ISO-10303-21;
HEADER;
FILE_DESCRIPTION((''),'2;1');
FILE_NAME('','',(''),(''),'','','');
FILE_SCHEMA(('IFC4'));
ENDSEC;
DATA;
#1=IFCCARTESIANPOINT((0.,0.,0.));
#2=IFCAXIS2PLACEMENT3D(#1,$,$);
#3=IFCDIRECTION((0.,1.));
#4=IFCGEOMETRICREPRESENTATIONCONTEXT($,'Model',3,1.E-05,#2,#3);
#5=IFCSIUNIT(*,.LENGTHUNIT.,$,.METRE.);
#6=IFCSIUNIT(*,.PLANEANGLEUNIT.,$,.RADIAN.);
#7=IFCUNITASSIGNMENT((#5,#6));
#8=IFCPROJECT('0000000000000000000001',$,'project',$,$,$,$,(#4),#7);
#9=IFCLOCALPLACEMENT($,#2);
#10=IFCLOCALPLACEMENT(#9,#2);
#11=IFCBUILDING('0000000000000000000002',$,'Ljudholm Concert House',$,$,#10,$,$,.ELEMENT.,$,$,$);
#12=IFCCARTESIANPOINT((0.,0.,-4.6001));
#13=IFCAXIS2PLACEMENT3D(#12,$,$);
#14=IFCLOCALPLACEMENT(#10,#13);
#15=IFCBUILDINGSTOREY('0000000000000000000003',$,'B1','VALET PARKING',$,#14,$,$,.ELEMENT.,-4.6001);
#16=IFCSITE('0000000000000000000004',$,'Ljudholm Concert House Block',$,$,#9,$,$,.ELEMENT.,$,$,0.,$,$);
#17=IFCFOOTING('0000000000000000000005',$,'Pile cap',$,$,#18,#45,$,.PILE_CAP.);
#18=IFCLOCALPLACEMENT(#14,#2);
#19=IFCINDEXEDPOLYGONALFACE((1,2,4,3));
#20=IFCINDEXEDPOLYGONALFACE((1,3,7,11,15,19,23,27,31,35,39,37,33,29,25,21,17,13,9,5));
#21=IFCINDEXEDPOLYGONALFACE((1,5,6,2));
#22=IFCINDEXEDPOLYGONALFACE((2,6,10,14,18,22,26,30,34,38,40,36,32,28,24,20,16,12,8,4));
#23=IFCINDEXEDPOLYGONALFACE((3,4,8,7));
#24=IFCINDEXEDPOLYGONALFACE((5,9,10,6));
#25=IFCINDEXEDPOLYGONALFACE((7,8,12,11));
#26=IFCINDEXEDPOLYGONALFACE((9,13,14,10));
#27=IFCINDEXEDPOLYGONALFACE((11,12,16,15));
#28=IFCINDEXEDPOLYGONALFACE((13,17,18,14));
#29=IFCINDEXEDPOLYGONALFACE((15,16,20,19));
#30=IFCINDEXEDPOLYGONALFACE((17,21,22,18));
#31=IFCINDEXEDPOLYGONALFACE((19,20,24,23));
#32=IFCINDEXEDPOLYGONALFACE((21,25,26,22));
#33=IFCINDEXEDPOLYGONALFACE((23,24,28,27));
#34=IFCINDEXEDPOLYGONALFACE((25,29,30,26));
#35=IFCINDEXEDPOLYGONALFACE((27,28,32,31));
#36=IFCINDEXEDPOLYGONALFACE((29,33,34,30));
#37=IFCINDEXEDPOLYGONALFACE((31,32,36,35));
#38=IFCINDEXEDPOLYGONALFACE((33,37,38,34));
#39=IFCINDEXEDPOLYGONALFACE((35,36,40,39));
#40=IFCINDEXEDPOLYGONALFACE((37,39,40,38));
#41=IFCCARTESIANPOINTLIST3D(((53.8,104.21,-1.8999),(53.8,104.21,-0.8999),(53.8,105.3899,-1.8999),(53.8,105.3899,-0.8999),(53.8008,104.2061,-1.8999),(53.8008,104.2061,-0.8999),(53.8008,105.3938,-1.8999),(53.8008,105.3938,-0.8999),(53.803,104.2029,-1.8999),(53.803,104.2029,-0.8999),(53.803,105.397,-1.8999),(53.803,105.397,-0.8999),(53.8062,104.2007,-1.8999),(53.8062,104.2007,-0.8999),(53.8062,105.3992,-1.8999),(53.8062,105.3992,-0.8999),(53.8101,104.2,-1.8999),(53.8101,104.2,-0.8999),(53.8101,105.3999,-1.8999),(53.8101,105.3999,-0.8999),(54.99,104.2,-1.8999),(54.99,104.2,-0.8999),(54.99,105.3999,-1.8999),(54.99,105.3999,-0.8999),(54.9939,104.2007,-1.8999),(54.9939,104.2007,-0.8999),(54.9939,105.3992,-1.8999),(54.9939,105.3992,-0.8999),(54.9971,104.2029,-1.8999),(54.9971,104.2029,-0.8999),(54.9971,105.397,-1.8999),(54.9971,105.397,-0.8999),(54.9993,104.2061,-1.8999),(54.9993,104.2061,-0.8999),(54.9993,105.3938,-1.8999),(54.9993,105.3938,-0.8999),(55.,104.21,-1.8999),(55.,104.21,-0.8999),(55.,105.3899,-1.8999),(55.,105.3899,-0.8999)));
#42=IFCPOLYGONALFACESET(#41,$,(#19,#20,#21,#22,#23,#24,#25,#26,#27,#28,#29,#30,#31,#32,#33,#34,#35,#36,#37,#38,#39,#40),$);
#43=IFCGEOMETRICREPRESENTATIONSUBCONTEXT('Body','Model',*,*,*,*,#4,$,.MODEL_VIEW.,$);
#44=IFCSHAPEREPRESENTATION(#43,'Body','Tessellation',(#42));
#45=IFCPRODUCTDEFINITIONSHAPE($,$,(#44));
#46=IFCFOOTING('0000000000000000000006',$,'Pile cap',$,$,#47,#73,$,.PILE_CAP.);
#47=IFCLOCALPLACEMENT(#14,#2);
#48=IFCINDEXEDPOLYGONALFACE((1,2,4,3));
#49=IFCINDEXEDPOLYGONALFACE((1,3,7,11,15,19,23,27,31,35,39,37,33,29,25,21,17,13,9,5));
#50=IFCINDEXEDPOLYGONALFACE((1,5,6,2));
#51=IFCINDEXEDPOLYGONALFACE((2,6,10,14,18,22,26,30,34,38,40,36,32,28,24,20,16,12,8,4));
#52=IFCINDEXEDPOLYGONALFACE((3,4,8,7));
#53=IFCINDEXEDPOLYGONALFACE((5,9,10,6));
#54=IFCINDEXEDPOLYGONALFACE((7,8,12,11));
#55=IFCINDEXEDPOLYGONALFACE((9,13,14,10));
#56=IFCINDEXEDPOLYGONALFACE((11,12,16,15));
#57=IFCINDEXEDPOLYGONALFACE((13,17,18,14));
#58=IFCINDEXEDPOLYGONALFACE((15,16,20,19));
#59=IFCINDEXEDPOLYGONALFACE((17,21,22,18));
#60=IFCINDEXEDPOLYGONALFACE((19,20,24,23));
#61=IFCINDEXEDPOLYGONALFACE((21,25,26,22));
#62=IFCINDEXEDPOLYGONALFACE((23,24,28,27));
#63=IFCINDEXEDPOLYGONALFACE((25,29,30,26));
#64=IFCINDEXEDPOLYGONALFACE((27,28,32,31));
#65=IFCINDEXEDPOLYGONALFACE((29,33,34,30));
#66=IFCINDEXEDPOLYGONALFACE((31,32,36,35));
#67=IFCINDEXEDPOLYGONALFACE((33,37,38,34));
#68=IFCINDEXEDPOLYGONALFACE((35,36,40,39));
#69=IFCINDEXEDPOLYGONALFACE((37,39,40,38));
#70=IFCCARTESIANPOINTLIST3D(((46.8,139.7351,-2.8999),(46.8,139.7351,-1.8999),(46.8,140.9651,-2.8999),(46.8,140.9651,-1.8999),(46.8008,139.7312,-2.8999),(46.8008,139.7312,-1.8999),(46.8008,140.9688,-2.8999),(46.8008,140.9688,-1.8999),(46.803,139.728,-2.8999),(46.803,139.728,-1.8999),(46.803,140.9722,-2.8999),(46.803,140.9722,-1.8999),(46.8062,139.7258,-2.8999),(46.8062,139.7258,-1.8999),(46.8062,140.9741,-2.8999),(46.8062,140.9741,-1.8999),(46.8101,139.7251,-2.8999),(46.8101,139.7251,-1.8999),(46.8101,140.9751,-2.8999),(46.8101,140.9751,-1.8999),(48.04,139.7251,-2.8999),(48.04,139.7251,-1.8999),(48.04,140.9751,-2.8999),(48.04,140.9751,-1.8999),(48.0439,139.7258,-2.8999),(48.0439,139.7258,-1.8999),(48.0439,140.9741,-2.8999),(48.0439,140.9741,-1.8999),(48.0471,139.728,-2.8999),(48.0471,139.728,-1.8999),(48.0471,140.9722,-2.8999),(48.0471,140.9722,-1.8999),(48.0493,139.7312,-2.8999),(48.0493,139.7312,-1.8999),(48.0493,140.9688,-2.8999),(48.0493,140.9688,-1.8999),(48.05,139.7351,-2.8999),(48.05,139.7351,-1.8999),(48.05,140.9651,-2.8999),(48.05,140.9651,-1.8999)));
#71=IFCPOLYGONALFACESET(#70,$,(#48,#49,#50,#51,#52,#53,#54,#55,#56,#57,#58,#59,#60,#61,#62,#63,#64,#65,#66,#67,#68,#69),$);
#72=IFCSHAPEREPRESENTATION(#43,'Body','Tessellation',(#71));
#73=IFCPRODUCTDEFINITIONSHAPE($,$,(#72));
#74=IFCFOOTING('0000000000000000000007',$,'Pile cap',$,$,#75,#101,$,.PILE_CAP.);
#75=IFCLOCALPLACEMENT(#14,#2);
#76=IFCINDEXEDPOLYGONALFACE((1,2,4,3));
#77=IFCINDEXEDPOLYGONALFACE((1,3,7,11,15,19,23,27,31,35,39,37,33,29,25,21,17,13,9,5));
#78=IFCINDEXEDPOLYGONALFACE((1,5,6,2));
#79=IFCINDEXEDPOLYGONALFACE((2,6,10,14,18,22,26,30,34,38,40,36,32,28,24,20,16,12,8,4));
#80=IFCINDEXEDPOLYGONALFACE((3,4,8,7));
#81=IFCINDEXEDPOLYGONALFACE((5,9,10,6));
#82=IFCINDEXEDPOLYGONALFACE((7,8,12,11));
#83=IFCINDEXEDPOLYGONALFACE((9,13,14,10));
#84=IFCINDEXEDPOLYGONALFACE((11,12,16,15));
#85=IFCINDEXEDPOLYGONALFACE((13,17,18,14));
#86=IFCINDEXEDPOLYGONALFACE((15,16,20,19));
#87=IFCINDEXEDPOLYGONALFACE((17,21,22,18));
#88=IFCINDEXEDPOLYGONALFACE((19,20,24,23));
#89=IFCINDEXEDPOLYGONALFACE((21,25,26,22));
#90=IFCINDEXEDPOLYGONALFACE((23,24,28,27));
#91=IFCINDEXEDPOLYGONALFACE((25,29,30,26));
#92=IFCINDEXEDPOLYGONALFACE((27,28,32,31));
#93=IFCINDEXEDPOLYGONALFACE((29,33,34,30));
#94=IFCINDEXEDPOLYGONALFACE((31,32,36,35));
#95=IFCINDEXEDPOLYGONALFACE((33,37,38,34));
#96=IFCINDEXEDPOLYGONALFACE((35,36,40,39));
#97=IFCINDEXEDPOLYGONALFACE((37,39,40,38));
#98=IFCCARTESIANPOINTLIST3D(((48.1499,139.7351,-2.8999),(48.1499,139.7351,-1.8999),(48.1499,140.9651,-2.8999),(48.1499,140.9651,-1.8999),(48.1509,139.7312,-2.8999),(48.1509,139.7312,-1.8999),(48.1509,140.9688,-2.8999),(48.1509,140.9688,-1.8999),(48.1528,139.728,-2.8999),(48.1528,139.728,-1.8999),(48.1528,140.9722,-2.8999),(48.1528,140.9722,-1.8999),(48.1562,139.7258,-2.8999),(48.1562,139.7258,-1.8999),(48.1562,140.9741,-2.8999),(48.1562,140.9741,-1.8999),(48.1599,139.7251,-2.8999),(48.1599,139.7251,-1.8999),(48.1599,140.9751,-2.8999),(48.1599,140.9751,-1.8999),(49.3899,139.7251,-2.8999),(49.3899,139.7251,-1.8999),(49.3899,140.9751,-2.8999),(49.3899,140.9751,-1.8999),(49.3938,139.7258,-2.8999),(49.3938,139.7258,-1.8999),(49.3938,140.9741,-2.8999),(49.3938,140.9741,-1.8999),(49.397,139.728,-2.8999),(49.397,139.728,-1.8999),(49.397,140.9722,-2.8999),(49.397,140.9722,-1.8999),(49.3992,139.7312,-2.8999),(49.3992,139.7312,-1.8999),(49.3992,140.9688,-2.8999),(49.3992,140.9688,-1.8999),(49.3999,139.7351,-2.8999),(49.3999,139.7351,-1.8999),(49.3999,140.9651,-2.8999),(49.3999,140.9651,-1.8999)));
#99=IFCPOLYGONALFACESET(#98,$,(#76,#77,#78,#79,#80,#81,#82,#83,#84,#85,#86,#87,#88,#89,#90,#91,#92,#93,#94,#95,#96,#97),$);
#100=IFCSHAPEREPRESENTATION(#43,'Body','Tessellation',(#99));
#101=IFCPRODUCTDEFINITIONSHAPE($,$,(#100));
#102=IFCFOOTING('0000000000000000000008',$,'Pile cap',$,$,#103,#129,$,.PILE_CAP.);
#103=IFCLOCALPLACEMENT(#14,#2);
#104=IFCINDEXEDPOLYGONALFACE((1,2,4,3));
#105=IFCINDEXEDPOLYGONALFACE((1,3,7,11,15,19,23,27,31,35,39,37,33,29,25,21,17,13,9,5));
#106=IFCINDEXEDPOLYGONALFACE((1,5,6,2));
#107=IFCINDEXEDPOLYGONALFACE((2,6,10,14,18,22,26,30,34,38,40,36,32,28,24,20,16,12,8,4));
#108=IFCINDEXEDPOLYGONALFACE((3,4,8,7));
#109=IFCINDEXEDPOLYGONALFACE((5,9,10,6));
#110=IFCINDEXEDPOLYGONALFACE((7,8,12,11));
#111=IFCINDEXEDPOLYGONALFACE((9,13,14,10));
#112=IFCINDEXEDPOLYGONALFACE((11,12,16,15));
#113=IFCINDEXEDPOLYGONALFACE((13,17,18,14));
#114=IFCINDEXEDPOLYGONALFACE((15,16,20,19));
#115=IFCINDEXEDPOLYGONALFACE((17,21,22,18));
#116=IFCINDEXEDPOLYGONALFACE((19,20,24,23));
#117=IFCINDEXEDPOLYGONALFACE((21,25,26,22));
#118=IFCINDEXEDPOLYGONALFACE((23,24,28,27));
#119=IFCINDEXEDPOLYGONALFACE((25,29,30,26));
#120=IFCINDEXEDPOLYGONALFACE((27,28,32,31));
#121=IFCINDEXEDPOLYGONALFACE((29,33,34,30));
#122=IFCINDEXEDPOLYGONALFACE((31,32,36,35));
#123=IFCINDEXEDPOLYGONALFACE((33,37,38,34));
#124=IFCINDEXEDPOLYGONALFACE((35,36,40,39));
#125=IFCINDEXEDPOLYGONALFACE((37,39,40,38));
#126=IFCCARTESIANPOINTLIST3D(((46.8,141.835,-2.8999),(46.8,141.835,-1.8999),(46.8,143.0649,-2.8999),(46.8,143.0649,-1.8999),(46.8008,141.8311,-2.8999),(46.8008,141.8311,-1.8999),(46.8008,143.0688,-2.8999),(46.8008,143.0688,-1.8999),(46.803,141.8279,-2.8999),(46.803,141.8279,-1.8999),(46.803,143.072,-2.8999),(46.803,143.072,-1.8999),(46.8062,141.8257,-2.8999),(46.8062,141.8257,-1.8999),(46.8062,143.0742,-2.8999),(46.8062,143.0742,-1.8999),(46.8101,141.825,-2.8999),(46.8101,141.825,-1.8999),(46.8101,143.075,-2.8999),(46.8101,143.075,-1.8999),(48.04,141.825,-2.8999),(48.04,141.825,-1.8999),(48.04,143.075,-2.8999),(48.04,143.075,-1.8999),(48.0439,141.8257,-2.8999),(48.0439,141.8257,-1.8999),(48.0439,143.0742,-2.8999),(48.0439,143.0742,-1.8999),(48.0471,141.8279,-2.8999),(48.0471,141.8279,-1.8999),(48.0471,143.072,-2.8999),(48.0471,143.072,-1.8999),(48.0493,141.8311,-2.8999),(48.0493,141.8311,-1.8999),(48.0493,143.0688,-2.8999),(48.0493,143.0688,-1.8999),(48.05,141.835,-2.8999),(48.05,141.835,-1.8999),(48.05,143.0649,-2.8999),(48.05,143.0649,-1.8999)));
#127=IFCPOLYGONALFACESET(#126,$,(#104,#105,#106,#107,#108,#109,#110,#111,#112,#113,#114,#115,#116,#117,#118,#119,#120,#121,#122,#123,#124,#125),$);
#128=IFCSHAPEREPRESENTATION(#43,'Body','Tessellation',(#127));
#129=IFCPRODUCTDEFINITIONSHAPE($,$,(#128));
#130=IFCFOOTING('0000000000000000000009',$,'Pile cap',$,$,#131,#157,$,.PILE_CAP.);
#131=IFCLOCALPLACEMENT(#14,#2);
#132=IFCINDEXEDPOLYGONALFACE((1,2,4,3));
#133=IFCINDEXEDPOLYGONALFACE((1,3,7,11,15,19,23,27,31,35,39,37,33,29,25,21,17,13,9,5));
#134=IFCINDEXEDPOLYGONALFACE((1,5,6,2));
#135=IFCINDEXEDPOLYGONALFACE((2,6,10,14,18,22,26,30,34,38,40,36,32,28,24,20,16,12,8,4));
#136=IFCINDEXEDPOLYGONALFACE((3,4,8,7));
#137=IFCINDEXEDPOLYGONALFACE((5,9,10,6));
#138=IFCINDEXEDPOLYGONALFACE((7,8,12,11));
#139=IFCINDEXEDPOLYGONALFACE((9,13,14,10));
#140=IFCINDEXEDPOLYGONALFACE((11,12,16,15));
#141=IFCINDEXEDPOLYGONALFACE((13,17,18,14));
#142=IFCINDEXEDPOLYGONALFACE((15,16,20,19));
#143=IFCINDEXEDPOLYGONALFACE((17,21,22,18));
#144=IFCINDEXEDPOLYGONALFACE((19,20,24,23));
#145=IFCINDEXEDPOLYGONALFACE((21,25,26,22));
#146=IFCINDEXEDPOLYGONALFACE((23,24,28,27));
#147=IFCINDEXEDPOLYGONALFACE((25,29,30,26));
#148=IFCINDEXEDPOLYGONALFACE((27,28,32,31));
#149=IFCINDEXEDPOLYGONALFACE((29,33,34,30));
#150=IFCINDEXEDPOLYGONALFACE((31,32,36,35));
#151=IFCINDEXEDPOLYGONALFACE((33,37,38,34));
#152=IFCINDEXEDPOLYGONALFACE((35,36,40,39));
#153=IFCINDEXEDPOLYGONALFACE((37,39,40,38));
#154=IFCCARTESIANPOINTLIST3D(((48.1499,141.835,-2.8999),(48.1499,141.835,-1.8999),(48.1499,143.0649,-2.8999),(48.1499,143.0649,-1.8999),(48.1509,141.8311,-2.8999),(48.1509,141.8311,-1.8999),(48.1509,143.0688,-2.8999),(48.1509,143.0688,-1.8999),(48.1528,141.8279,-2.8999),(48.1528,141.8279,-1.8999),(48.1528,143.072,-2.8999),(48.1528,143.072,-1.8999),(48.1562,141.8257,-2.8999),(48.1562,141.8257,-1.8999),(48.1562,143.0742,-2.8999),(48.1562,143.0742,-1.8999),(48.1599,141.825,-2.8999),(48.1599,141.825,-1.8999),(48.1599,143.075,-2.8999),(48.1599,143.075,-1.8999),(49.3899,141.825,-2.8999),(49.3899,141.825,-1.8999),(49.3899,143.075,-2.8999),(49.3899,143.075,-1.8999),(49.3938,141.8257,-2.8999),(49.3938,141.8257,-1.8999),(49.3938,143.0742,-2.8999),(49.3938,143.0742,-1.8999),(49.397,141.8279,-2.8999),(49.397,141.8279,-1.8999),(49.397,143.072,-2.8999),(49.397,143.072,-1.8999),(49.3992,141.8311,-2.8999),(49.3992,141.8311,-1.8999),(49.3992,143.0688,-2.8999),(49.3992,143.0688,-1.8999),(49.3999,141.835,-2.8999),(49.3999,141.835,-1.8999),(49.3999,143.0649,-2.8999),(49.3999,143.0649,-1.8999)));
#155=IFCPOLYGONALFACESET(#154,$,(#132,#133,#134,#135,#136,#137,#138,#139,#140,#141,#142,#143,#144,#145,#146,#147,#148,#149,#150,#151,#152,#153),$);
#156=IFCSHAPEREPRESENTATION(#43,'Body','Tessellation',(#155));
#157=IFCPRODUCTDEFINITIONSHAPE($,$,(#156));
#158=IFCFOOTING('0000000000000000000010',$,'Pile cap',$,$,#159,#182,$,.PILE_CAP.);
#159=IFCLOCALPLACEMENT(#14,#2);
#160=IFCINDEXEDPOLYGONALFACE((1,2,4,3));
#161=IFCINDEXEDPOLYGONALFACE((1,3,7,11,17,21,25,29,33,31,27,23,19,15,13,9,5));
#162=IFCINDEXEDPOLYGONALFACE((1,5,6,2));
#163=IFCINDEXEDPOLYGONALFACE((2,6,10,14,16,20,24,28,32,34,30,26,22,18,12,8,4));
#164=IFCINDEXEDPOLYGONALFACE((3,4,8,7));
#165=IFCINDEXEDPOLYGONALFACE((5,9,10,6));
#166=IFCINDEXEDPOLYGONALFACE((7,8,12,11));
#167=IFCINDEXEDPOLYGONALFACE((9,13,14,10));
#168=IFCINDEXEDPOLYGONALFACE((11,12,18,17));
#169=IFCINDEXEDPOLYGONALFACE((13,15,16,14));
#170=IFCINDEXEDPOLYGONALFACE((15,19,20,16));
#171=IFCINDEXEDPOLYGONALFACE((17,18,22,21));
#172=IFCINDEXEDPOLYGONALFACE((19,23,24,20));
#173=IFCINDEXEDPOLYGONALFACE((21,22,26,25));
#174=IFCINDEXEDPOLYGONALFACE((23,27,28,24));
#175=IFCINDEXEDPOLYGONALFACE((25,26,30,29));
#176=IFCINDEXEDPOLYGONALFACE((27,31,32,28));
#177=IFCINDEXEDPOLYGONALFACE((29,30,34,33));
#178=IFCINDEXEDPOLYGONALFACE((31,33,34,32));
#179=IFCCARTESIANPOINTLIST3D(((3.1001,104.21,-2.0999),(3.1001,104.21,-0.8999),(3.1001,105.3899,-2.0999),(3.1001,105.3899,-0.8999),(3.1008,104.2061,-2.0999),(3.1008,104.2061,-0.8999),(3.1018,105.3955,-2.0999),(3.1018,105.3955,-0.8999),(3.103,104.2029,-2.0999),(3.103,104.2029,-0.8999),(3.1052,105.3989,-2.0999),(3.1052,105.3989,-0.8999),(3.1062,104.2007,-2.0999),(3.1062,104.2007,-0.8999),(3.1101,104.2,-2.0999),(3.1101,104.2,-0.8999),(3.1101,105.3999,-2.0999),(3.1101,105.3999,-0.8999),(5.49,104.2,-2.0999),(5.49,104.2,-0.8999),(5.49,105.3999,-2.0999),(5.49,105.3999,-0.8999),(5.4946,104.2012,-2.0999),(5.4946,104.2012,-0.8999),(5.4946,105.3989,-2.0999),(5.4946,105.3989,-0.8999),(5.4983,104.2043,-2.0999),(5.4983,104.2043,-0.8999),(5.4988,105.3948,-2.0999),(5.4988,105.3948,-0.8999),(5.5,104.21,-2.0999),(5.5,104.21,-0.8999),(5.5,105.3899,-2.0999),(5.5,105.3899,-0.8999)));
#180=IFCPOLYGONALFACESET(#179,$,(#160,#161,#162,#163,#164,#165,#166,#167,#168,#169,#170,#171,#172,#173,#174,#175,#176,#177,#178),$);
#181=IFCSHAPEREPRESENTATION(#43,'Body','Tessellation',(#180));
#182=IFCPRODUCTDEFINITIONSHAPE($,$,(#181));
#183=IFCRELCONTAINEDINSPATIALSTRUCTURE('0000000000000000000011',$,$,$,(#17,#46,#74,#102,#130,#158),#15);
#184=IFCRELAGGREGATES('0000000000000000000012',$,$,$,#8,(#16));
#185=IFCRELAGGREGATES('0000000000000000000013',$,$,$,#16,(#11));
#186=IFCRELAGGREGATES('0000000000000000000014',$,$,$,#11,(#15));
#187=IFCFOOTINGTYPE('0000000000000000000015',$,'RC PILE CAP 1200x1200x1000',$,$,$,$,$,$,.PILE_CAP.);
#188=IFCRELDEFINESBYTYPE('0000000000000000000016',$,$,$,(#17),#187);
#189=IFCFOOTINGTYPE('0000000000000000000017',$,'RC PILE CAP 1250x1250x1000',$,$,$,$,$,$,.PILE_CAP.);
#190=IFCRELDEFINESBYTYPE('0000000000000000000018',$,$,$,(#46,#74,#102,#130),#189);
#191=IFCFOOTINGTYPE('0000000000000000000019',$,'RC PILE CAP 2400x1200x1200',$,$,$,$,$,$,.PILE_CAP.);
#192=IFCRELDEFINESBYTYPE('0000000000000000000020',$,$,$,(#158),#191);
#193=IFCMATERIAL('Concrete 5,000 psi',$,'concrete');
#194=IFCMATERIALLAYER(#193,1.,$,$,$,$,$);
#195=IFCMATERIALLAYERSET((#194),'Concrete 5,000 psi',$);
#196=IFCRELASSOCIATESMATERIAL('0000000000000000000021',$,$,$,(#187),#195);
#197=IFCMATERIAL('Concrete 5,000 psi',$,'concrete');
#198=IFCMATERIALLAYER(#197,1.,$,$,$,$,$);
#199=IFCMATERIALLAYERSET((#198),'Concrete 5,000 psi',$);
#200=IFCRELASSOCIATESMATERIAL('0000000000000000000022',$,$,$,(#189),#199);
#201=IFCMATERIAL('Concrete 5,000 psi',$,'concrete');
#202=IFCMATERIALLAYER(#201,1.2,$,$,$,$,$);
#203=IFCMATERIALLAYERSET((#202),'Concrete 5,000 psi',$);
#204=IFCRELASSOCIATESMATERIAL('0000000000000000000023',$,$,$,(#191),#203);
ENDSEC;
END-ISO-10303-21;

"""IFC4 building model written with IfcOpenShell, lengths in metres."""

from ifc_helpers import new_model, si_unit, direction, frame, origin, place, context, subcontext, project, spatial, polyline, outline, extrude, material, layer, layer_set, type_object, element, save


model = new_model("IFC4")

# Units and contexts
model_context = context("Model", 3, precision=1e-05, world=origin(), true_north=direction((0.0, 1.0)))
body_context = subcontext(model_context, "Body", "Model", "MODEL_VIEW")
ifc_project = project(units=[si_unit("LENGTHUNIT", "METRE"), si_unit("PLANEANGLEUNIT", "RADIAN")], contexts=[model_context])

# Site, building, storey
site_placement = place(None, origin())
site = spatial("IfcSite", under=ifc_project, at=site_placement, Name="Ljudholm Concert House Block", CompositionType="ELEMENT", RefElevation=0.0)
building_placement = place(site_placement, origin())
building = spatial("IfcBuilding", under=site, at=building_placement, Name="Ljudholm Concert House", CompositionType="ELEMENT")
storey_placement = place(building_placement, frame((0.0, 0.0, -4.6001)))
storey = spatial("IfcBuildingStorey", under=building, at=storey_placement, Name="B1", Description="VALET PARKING", CompositionType="ELEMENT", Elevation=-4.6001)

# Footings
ifc_material_1 = material(Name="Concrete 5,000 psi", Category="concrete")
ifc_layer_1 = layer(ifc_material_1, 1.0)
ifc_layer_set_1 = layer_set([ifc_layer_1], Name="Concrete 5,000 psi")
footing_type_1 = type_object("IfcFootingType", Name="RC PILE CAP 1200x1200x1000", PredefinedType="PILE_CAP", material=ifc_layer_set_1)
footing_1_placement = place(storey_placement, frame((0.0, 0.0, -1.8999)))
element("IfcFooting", 1, at=footing_1_placement, inside=storey, type_object=footing_type_1, Name="Pile cap", PredefinedType="PILE_CAP", context=body_context, shape_type="SweptSolid", body=[
    extrude(outline(polyline([(53.8101, 104.2), (54.99, 104.2), (54.9939, 104.2007), (54.9971, 104.2029), (54.9993, 104.2061), (55.0, 104.21), (55.0, 105.3899), (54.9993, 105.3938), (54.9971, 105.397), (54.9939, 105.3992), (54.99, 105.3999), (53.8101, 105.3999), (53.8062, 105.3992), (53.803, 105.397), (53.8008, 105.3938), (53.8, 105.3899), (53.8, 104.21), (53.8008, 104.2061), (53.803, 104.2029), (53.8062, 104.2007), (53.8101, 104.2)])), origin(), (0.0, 0.0, 1.0), 1.0),
])
ifc_material_2 = material(Name="Concrete 5,000 psi", Category="concrete")
ifc_layer_2 = layer(ifc_material_2, 1.0)
ifc_layer_set_2 = layer_set([ifc_layer_2], Name="Concrete 5,000 psi")
footing_type_2 = type_object("IfcFootingType", Name="RC PILE CAP 1250x1250x1000", PredefinedType="PILE_CAP", material=ifc_layer_set_2)
footing_2_placement = place(storey_placement, frame((0.0, 0.0, -2.8999)))
element("IfcFooting", 2, at=footing_2_placement, inside=storey, type_object=footing_type_2, Name="Pile cap", PredefinedType="PILE_CAP", context=body_context, shape_type="SweptSolid", body=[
    extrude(outline(polyline([(46.8101, 139.7251), (48.04, 139.7251), (48.0439, 139.7258), (48.0471, 139.728), (48.0493, 139.7312), (48.05, 139.7351), (48.05, 140.9651), (48.0493, 140.9688), (48.0471, 140.9722), (48.0439, 140.9741), (48.04, 140.9751), (46.8101, 140.9751), (46.8062, 140.9741), (46.803, 140.9722), (46.8008, 140.9688), (46.8, 140.9651), (46.8, 139.7351), (46.8008, 139.7312), (46.803, 139.728), (46.8062, 139.7258), (46.8101, 139.7251)])), origin(), (0.0, 0.0, 1.0), 1.0),
])
footing_3_placement = place(storey_placement, frame((0.0, 0.0, -2.8999)))
element("IfcFooting", 3, at=footing_3_placement, inside=storey, type_object=footing_type_2, Name="Pile cap", PredefinedType="PILE_CAP", context=body_context, shape_type="SweptSolid", body=[
    extrude(outline(polyline([(48.1599, 139.7251), (49.3899, 139.7251), (49.3938, 139.7258), (49.397, 139.728), (49.3992, 139.7312), (49.3999, 139.7351), (49.3999, 140.9651), (49.3992, 140.9688), (49.397, 140.9722), (49.3938, 140.9741), (49.3899, 140.9751), (48.1599, 140.9751), (48.1562, 140.9741), (48.1528, 140.9722), (48.1509, 140.9688), (48.1499, 140.9651), (48.1499, 139.7351), (48.1509, 139.7312), (48.1528, 139.728), (48.1562, 139.7258), (48.1599, 139.7251)])), origin(), (0.0, 0.0, 1.0), 1.0),
])
footing_4_placement = place(storey_placement, frame((0.0, 0.0, -2.8999)))
element("IfcFooting", 4, at=footing_4_placement, inside=storey, type_object=footing_type_2, Name="Pile cap", PredefinedType="PILE_CAP", context=body_context, shape_type="SweptSolid", body=[
    extrude(outline(polyline([(46.8101, 141.825), (48.04, 141.825), (48.0439, 141.8257), (48.0471, 141.8279), (48.0493, 141.8311), (48.05, 141.835), (48.05, 143.0649), (48.0493, 143.0688), (48.0471, 143.072), (48.0439, 143.0742), (48.04, 143.075), (46.8101, 143.075), (46.8062, 143.0742), (46.803, 143.072), (46.8008, 143.0688), (46.8, 143.0649), (46.8, 141.835), (46.8008, 141.8311), (46.803, 141.8279), (46.8062, 141.8257), (46.8101, 141.825)])), origin(), (0.0, 0.0, 1.0), 1.0),
])
footing_5_placement = place(storey_placement, frame((0.0, 0.0, -2.8999)))
element("IfcFooting", 5, at=footing_5_placement, inside=storey, type_object=footing_type_2, Name="Pile cap", PredefinedType="PILE_CAP", context=body_context, shape_type="SweptSolid", body=[
    extrude(outline(polyline([(48.1599, 141.825), (49.3899, 141.825), (49.3938, 141.8257), (49.397, 141.8279), (49.3992, 141.8311), (49.3999, 141.835), (49.3999, 143.0649), (49.3992, 143.0688), (49.397, 143.072), (49.3938, 143.0742), (49.3899, 143.075), (48.1599, 143.075), (48.1562, 143.0742), (48.1528, 143.072), (48.1509, 143.0688), (48.1499, 143.0649), (48.1499, 141.835), (48.1509, 141.8311), (48.1528, 141.8279), (48.1562, 141.8257), (48.1599, 141.825)])), origin(), (0.0, 0.0, 1.0), 1.0),
])
ifc_material_3 = material(Name="Concrete 5,000 psi", Category="concrete")
ifc_layer_3 = layer(ifc_material_3, 1.2)
ifc_layer_set_3 = layer_set([ifc_layer_3], Name="Concrete 5,000 psi")
footing_type_3 = type_object("IfcFootingType", Name="RC PILE CAP 2400x1200x1200", PredefinedType="PILE_CAP", material=ifc_layer_set_3)
footing_6_placement = place(storey_placement, frame((0.0, 0.0, -2.0999)))
element("IfcFooting", 6, at=footing_6_placement, inside=storey, type_object=footing_type_3, Name="Pile cap", PredefinedType="PILE_CAP", context=body_context, shape_type="SweptSolid", body=[
    extrude(outline(polyline([(3.1101, 104.2), (5.49, 104.2), (5.4946, 104.2012), (5.4983, 104.2043), (5.5, 104.21), (5.5, 105.3899), (5.4988, 105.3948), (5.4946, 105.3989), (5.49, 105.3999), (3.1101, 105.3999), (3.1052, 105.3989), (3.1018, 105.3955), (3.1001, 105.3899), (3.1001, 104.21), (3.1008, 104.2061), (3.103, 104.2029), (3.1062, 104.2007), (3.1101, 104.2)])), origin(), (0.0, 0.0, 1.0), 1.2),
])

save(model, "model.ifc")
